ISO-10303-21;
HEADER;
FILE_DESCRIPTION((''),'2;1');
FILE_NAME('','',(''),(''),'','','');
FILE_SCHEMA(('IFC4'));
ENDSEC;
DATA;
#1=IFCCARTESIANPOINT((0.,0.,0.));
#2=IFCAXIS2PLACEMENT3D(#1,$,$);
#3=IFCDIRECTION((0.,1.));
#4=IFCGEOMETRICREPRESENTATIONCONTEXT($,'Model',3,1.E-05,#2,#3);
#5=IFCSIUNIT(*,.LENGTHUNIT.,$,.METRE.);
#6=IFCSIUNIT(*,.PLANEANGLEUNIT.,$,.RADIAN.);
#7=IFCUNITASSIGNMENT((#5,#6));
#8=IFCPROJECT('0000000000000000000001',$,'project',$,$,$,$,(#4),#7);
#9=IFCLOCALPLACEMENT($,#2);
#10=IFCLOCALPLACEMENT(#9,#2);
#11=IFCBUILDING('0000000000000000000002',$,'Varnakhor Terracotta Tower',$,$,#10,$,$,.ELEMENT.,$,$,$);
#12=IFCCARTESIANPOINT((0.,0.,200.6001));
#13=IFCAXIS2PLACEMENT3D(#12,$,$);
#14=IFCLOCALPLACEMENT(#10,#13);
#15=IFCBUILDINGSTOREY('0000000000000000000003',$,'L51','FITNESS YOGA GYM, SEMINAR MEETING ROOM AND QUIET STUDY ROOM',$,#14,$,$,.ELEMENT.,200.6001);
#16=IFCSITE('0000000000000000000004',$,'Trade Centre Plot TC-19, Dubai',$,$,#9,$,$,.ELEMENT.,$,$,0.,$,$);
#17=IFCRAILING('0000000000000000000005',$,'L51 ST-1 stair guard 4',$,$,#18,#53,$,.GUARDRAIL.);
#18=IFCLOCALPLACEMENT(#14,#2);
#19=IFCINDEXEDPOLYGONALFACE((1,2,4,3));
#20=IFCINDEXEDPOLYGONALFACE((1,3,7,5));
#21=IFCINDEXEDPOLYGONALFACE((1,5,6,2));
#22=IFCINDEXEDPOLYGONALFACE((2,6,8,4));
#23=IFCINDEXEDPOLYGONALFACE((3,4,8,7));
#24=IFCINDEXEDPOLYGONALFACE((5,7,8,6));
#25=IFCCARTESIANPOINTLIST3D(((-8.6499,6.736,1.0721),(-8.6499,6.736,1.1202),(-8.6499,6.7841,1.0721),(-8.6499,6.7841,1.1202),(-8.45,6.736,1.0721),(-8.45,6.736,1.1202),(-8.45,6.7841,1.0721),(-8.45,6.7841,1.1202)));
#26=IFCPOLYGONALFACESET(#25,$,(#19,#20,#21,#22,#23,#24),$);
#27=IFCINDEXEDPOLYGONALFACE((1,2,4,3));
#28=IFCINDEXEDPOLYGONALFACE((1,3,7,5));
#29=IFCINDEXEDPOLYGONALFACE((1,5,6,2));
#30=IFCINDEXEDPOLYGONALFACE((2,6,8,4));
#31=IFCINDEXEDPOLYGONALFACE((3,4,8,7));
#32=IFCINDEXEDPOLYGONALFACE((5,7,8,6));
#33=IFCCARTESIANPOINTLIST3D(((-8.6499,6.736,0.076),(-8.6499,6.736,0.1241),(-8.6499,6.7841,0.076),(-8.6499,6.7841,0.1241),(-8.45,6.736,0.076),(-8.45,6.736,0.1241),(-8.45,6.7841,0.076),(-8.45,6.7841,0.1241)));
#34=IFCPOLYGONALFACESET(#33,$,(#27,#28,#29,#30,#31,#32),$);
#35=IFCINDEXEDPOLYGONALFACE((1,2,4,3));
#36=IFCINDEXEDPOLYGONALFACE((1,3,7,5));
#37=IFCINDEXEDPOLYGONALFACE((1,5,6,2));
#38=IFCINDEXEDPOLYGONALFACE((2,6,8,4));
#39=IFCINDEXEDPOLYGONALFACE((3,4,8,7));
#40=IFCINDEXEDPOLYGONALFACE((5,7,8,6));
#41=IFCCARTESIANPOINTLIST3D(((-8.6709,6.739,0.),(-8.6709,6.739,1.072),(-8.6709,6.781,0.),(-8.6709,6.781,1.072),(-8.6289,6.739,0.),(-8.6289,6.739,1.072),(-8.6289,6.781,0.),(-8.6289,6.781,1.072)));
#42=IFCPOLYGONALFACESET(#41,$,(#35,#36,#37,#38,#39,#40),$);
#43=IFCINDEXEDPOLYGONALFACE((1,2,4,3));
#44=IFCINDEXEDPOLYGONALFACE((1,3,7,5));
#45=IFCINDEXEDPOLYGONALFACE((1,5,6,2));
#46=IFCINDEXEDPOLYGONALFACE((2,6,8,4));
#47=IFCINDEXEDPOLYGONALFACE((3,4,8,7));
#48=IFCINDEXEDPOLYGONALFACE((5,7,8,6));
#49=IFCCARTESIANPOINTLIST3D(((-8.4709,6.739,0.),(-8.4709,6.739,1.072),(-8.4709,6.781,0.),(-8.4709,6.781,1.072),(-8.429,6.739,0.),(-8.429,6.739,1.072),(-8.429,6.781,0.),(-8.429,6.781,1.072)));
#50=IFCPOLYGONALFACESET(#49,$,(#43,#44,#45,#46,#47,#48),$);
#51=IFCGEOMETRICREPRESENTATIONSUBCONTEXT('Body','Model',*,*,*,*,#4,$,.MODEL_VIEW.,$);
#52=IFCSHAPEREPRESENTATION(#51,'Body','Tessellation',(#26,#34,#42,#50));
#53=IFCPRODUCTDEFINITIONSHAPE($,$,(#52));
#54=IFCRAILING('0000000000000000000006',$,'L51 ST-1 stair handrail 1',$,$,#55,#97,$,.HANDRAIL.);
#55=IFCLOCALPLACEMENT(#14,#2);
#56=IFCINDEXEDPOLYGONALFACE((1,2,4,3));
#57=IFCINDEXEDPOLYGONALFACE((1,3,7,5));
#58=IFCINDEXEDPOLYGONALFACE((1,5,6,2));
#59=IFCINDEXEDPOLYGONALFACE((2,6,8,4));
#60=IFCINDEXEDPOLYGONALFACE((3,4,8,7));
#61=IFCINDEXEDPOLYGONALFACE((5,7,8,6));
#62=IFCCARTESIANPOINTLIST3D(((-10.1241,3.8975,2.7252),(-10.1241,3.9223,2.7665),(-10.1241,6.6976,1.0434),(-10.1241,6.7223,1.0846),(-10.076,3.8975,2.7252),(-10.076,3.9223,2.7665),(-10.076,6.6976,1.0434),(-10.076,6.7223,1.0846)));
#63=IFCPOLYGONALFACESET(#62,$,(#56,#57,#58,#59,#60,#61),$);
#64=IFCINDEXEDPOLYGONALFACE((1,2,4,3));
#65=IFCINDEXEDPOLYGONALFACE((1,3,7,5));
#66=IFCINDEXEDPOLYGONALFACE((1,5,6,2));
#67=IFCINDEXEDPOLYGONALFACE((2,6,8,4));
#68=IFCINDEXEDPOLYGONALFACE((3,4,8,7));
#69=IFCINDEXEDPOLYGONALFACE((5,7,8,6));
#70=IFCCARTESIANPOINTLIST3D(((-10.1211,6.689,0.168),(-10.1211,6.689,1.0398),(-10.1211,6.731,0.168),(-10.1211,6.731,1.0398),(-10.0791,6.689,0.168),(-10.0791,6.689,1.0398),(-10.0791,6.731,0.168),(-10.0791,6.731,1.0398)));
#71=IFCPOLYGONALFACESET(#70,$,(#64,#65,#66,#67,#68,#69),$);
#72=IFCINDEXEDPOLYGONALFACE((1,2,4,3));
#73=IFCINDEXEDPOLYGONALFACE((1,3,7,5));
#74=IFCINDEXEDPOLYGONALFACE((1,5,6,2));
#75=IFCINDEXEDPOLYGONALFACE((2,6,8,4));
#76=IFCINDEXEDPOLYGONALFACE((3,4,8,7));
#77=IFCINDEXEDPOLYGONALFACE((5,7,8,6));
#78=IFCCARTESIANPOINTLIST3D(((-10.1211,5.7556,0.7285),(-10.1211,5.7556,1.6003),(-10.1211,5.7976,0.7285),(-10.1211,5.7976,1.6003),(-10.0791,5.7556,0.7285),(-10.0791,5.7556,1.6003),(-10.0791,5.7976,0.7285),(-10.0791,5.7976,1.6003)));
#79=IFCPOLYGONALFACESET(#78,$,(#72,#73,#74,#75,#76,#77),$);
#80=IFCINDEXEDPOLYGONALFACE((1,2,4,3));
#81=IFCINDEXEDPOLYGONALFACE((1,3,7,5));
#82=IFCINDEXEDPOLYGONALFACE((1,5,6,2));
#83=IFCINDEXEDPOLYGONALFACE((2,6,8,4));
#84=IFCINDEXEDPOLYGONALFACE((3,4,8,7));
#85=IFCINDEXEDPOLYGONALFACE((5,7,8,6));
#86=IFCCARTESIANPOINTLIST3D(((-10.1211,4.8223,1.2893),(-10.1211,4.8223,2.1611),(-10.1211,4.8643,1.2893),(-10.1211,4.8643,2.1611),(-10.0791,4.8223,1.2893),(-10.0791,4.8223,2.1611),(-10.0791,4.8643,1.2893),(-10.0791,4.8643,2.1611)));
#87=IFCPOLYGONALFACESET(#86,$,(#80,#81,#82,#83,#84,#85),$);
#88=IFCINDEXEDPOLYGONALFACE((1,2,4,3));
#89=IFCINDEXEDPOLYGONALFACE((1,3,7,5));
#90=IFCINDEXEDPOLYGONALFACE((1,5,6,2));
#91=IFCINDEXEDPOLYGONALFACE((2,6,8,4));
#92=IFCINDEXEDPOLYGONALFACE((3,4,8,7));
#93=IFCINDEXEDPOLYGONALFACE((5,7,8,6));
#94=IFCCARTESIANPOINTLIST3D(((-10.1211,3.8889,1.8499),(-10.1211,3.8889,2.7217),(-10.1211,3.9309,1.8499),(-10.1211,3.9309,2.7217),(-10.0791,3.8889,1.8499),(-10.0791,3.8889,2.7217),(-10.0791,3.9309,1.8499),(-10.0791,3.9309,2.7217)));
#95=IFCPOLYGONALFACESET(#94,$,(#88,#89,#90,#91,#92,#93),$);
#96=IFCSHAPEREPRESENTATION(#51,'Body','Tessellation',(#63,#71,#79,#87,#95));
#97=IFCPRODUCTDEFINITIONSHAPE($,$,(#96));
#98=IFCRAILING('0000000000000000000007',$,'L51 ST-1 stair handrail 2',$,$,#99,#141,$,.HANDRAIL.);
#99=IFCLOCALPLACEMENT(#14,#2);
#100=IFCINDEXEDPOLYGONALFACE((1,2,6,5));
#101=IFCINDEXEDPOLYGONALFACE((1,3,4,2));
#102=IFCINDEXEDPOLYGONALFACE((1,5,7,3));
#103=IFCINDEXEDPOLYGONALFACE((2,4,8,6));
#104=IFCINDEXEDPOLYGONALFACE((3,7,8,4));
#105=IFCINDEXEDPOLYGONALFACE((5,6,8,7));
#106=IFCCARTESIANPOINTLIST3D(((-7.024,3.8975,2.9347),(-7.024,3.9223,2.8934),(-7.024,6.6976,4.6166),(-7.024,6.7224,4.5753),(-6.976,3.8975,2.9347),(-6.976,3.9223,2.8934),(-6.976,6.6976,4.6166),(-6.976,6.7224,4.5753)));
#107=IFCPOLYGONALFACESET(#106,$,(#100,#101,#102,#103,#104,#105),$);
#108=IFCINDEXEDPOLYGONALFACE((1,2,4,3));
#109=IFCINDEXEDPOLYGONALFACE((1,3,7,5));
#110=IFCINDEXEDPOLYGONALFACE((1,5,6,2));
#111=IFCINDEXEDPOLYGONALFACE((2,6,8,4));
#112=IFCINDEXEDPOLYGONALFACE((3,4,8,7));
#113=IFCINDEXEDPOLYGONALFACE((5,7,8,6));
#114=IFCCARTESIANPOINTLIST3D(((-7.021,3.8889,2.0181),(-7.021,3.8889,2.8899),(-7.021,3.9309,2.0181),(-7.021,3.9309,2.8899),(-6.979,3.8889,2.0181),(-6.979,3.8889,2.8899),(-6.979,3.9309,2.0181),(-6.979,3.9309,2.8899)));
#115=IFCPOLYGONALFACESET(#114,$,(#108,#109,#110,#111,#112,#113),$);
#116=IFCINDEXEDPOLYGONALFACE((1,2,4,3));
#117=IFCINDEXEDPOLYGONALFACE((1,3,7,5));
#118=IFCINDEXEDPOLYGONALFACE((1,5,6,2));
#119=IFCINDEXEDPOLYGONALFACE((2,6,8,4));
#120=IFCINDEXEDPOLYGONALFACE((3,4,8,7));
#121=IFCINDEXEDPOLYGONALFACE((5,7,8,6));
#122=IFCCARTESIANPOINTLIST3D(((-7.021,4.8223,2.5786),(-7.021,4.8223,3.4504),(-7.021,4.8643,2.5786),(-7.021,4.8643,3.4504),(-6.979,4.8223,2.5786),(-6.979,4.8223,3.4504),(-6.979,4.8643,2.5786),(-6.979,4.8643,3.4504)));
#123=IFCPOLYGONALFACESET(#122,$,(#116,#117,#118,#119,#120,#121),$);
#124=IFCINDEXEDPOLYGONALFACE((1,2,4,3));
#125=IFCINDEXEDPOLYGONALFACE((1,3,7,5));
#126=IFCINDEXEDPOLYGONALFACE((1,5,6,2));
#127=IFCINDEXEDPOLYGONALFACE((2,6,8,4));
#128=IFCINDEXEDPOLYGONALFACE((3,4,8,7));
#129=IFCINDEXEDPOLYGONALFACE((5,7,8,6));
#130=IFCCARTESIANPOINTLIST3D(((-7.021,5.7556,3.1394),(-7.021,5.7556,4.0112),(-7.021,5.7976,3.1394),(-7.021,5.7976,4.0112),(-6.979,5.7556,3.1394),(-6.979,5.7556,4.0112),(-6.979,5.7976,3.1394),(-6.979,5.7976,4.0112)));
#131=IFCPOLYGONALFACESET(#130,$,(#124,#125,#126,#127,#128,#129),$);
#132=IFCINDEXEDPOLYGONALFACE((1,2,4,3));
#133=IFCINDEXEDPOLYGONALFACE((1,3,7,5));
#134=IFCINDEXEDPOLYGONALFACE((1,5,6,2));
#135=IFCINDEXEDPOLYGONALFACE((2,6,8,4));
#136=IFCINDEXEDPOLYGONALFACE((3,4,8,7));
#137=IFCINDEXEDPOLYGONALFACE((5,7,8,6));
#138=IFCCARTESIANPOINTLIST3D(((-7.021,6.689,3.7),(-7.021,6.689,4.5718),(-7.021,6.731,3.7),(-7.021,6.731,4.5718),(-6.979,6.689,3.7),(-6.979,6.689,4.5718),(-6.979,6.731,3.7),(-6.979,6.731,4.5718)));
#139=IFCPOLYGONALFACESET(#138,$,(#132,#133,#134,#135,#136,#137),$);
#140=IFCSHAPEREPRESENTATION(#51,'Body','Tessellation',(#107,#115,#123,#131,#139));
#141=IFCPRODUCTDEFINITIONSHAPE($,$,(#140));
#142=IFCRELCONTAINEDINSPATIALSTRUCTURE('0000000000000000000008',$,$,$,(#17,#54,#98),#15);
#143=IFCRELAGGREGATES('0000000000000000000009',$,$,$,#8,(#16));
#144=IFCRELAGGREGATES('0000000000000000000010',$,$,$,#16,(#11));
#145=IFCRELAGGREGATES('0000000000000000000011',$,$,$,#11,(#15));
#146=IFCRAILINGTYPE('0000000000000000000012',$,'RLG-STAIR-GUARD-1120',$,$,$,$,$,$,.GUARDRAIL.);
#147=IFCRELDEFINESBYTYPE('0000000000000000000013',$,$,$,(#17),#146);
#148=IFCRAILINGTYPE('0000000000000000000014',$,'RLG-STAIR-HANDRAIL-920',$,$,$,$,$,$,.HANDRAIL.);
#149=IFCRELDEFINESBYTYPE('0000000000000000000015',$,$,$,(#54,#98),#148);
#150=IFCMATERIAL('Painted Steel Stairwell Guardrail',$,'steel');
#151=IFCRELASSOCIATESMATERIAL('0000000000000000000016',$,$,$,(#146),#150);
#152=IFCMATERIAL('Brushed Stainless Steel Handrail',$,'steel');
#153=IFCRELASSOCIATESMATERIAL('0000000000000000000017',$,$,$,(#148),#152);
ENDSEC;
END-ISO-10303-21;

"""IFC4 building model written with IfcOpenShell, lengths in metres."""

from ifc_helpers import new_model, si_unit, direction, frame, origin, origin_2d, place, context, subcontext, project, spatial, rectangle, extrude, material, type_object, element, save


model = new_model("IFC4")

# Units and contexts
model_context = context("Model", 3, precision=1e-05, world=origin(), true_north=direction((0.0, 1.0)))
body_context = subcontext(model_context, "Body", "Model", "MODEL_VIEW")
ifc_project = project(units=[si_unit("LENGTHUNIT", "METRE"), si_unit("PLANEANGLEUNIT", "RADIAN")], contexts=[model_context])

# Site, building, storey
site_placement = place(None, origin())
site = spatial("IfcSite", under=ifc_project, at=site_placement, Name="Trade Centre Plot TC-19, Dubai", CompositionType="ELEMENT", RefElevation=0.0)
building_placement = place(site_placement, origin())
building = spatial("IfcBuilding", under=site, at=building_placement, Name="Varnakhor Terracotta Tower", CompositionType="ELEMENT")
storey_placement = place(building_placement, frame((0.0, 0.0, 200.6001)))
storey = spatial("IfcBuildingStorey", under=building, at=storey_placement, Name="L51", Description="FITNESS YOGA GYM, SEMINAR MEETING ROOM AND QUIET STUDY ROOM", CompositionType="ELEMENT", Elevation=200.6001)

# Railings
ifc_material_1 = material(Name="Painted Steel Stairwell Guardrail", Category="steel")
railing_type_1 = type_object("IfcRailingType", Name="RLG-STAIR-GUARD-1120", PredefinedType="GUARDRAIL", material=ifc_material_1)
railing_1_placement = place(storey_placement, frame((-8.6499, 6.76, 0.0)))
element("IfcRailing", 1, at=railing_1_placement, inside=storey, type_object=railing_type_1, Name="L51 ST-1 stair guard 4", PredefinedType="GUARDRAIL", context=body_context, shape_type="SweptSolid", body=[
    extrude(rectangle(XDim=0.0481, YDim=0.0481, at=origin_2d()), frame((0.0, 0.0, 1.0962), z_axis=(1.0, 0.0, 0.0), x_axis=(0.0, 1.0, 0.0)), (0.0, 0.0, 1.0), 0.2),
    extrude(rectangle(XDim=0.0481, YDim=0.0481, at=origin_2d()), frame((0.0, 0.0, 0.1001), z_axis=(1.0, 0.0, 0.0), x_axis=(0.0, 1.0, 0.0)), (0.0, 0.0, 1.0), 0.2),
    extrude(rectangle(XDim=0.042, YDim=0.042, at=origin_2d()), origin(), (0.0, 0.0, 1.0), 1.072),
    extrude(rectangle(XDim=0.042, YDim=0.042, at=origin_2d()), frame((0.2, 0.0, 0.0)), (0.0, 0.0, 1.0), 1.072),
])
ifc_material_2 = material(Name="Brushed Stainless Steel Handrail", Category="steel")
railing_type_2 = type_object("IfcRailingType", Name="RLG-STAIR-HANDRAIL-920", PredefinedType="HANDRAIL", material=ifc_material_2)
railing_2_placement = place(storey_placement, frame((-10.1001, 6.71, 0.168)))
element("IfcRailing", 2, at=railing_2_placement, inside=storey, type_object=railing_type_2, Name="L51 ST-1 stair handrail 1", PredefinedType="HANDRAIL", context=body_context, shape_type="SweptSolid", body=[
    extrude(rectangle(XDim=0.0481, YDim=0.0481, at=origin_2d()), frame((0.0, 0.0, 0.896), z_axis=(0.0, -0.857242, 0.514913), x_axis=(1.0, 0.0, 0.0)), (0.0, 0.0, 1.0), 3.2664),
    extrude(rectangle(XDim=0.042, YDim=0.042, at=origin_2d()), origin(), (0.0, 0.0, 1.0), 0.8718),
    extrude(rectangle(XDim=0.042, YDim=0.042, at=origin_2d()), frame((0.0, -0.9333, 0.5605)), (0.0, 0.0, 1.0), 0.8718),
    extrude(rectangle(XDim=0.042, YDim=0.042, at=origin_2d()), frame((0.0, -1.8667, 1.1213)), (0.0, 0.0, 1.0), 0.8718),
    extrude(rectangle(XDim=0.042, YDim=0.042, at=origin_2d()), frame((0.0, -2.8, 1.6819)), (0.0, 0.0, 1.0), 0.8718),
])
railing_3_placement = place(storey_placement, frame((-7.0, 3.9099, 2.0181)))
element("IfcRailing", 3, at=railing_3_placement, inside=storey, type_object=railing_type_2, Name="L51 ST-1 stair handrail 2", PredefinedType="HANDRAIL", context=body_context, shape_type="SweptSolid", body=[
    extrude(rectangle(XDim=0.0481, YDim=0.0481, at=origin_2d()), frame((0.0, 0.0, 0.896), z_axis=(0.0, 0.857242, 0.514913), x_axis=(-1.0, 0.0, 0.0)), (0.0, 0.0, 1.0), 3.2664),
    extrude(rectangle(XDim=0.042, YDim=0.042, at=origin_2d()), origin(), (0.0, 0.0, 1.0), 0.8718),
    extrude(rectangle(XDim=0.042, YDim=0.042, at=origin_2d()), frame((0.0, 0.9333, 0.5605)), (0.0, 0.0, 1.0), 0.8718),
    extrude(rectangle(XDim=0.042, YDim=0.042, at=origin_2d()), frame((0.0, 1.8667, 1.1213)), (0.0, 0.0, 1.0), 0.8718),
    extrude(rectangle(XDim=0.042, YDim=0.042, at=origin_2d()), frame((0.0, 2.8, 1.6819)), (0.0, 0.0, 1.0), 0.8718),
])

save(model, "model.ifc")
